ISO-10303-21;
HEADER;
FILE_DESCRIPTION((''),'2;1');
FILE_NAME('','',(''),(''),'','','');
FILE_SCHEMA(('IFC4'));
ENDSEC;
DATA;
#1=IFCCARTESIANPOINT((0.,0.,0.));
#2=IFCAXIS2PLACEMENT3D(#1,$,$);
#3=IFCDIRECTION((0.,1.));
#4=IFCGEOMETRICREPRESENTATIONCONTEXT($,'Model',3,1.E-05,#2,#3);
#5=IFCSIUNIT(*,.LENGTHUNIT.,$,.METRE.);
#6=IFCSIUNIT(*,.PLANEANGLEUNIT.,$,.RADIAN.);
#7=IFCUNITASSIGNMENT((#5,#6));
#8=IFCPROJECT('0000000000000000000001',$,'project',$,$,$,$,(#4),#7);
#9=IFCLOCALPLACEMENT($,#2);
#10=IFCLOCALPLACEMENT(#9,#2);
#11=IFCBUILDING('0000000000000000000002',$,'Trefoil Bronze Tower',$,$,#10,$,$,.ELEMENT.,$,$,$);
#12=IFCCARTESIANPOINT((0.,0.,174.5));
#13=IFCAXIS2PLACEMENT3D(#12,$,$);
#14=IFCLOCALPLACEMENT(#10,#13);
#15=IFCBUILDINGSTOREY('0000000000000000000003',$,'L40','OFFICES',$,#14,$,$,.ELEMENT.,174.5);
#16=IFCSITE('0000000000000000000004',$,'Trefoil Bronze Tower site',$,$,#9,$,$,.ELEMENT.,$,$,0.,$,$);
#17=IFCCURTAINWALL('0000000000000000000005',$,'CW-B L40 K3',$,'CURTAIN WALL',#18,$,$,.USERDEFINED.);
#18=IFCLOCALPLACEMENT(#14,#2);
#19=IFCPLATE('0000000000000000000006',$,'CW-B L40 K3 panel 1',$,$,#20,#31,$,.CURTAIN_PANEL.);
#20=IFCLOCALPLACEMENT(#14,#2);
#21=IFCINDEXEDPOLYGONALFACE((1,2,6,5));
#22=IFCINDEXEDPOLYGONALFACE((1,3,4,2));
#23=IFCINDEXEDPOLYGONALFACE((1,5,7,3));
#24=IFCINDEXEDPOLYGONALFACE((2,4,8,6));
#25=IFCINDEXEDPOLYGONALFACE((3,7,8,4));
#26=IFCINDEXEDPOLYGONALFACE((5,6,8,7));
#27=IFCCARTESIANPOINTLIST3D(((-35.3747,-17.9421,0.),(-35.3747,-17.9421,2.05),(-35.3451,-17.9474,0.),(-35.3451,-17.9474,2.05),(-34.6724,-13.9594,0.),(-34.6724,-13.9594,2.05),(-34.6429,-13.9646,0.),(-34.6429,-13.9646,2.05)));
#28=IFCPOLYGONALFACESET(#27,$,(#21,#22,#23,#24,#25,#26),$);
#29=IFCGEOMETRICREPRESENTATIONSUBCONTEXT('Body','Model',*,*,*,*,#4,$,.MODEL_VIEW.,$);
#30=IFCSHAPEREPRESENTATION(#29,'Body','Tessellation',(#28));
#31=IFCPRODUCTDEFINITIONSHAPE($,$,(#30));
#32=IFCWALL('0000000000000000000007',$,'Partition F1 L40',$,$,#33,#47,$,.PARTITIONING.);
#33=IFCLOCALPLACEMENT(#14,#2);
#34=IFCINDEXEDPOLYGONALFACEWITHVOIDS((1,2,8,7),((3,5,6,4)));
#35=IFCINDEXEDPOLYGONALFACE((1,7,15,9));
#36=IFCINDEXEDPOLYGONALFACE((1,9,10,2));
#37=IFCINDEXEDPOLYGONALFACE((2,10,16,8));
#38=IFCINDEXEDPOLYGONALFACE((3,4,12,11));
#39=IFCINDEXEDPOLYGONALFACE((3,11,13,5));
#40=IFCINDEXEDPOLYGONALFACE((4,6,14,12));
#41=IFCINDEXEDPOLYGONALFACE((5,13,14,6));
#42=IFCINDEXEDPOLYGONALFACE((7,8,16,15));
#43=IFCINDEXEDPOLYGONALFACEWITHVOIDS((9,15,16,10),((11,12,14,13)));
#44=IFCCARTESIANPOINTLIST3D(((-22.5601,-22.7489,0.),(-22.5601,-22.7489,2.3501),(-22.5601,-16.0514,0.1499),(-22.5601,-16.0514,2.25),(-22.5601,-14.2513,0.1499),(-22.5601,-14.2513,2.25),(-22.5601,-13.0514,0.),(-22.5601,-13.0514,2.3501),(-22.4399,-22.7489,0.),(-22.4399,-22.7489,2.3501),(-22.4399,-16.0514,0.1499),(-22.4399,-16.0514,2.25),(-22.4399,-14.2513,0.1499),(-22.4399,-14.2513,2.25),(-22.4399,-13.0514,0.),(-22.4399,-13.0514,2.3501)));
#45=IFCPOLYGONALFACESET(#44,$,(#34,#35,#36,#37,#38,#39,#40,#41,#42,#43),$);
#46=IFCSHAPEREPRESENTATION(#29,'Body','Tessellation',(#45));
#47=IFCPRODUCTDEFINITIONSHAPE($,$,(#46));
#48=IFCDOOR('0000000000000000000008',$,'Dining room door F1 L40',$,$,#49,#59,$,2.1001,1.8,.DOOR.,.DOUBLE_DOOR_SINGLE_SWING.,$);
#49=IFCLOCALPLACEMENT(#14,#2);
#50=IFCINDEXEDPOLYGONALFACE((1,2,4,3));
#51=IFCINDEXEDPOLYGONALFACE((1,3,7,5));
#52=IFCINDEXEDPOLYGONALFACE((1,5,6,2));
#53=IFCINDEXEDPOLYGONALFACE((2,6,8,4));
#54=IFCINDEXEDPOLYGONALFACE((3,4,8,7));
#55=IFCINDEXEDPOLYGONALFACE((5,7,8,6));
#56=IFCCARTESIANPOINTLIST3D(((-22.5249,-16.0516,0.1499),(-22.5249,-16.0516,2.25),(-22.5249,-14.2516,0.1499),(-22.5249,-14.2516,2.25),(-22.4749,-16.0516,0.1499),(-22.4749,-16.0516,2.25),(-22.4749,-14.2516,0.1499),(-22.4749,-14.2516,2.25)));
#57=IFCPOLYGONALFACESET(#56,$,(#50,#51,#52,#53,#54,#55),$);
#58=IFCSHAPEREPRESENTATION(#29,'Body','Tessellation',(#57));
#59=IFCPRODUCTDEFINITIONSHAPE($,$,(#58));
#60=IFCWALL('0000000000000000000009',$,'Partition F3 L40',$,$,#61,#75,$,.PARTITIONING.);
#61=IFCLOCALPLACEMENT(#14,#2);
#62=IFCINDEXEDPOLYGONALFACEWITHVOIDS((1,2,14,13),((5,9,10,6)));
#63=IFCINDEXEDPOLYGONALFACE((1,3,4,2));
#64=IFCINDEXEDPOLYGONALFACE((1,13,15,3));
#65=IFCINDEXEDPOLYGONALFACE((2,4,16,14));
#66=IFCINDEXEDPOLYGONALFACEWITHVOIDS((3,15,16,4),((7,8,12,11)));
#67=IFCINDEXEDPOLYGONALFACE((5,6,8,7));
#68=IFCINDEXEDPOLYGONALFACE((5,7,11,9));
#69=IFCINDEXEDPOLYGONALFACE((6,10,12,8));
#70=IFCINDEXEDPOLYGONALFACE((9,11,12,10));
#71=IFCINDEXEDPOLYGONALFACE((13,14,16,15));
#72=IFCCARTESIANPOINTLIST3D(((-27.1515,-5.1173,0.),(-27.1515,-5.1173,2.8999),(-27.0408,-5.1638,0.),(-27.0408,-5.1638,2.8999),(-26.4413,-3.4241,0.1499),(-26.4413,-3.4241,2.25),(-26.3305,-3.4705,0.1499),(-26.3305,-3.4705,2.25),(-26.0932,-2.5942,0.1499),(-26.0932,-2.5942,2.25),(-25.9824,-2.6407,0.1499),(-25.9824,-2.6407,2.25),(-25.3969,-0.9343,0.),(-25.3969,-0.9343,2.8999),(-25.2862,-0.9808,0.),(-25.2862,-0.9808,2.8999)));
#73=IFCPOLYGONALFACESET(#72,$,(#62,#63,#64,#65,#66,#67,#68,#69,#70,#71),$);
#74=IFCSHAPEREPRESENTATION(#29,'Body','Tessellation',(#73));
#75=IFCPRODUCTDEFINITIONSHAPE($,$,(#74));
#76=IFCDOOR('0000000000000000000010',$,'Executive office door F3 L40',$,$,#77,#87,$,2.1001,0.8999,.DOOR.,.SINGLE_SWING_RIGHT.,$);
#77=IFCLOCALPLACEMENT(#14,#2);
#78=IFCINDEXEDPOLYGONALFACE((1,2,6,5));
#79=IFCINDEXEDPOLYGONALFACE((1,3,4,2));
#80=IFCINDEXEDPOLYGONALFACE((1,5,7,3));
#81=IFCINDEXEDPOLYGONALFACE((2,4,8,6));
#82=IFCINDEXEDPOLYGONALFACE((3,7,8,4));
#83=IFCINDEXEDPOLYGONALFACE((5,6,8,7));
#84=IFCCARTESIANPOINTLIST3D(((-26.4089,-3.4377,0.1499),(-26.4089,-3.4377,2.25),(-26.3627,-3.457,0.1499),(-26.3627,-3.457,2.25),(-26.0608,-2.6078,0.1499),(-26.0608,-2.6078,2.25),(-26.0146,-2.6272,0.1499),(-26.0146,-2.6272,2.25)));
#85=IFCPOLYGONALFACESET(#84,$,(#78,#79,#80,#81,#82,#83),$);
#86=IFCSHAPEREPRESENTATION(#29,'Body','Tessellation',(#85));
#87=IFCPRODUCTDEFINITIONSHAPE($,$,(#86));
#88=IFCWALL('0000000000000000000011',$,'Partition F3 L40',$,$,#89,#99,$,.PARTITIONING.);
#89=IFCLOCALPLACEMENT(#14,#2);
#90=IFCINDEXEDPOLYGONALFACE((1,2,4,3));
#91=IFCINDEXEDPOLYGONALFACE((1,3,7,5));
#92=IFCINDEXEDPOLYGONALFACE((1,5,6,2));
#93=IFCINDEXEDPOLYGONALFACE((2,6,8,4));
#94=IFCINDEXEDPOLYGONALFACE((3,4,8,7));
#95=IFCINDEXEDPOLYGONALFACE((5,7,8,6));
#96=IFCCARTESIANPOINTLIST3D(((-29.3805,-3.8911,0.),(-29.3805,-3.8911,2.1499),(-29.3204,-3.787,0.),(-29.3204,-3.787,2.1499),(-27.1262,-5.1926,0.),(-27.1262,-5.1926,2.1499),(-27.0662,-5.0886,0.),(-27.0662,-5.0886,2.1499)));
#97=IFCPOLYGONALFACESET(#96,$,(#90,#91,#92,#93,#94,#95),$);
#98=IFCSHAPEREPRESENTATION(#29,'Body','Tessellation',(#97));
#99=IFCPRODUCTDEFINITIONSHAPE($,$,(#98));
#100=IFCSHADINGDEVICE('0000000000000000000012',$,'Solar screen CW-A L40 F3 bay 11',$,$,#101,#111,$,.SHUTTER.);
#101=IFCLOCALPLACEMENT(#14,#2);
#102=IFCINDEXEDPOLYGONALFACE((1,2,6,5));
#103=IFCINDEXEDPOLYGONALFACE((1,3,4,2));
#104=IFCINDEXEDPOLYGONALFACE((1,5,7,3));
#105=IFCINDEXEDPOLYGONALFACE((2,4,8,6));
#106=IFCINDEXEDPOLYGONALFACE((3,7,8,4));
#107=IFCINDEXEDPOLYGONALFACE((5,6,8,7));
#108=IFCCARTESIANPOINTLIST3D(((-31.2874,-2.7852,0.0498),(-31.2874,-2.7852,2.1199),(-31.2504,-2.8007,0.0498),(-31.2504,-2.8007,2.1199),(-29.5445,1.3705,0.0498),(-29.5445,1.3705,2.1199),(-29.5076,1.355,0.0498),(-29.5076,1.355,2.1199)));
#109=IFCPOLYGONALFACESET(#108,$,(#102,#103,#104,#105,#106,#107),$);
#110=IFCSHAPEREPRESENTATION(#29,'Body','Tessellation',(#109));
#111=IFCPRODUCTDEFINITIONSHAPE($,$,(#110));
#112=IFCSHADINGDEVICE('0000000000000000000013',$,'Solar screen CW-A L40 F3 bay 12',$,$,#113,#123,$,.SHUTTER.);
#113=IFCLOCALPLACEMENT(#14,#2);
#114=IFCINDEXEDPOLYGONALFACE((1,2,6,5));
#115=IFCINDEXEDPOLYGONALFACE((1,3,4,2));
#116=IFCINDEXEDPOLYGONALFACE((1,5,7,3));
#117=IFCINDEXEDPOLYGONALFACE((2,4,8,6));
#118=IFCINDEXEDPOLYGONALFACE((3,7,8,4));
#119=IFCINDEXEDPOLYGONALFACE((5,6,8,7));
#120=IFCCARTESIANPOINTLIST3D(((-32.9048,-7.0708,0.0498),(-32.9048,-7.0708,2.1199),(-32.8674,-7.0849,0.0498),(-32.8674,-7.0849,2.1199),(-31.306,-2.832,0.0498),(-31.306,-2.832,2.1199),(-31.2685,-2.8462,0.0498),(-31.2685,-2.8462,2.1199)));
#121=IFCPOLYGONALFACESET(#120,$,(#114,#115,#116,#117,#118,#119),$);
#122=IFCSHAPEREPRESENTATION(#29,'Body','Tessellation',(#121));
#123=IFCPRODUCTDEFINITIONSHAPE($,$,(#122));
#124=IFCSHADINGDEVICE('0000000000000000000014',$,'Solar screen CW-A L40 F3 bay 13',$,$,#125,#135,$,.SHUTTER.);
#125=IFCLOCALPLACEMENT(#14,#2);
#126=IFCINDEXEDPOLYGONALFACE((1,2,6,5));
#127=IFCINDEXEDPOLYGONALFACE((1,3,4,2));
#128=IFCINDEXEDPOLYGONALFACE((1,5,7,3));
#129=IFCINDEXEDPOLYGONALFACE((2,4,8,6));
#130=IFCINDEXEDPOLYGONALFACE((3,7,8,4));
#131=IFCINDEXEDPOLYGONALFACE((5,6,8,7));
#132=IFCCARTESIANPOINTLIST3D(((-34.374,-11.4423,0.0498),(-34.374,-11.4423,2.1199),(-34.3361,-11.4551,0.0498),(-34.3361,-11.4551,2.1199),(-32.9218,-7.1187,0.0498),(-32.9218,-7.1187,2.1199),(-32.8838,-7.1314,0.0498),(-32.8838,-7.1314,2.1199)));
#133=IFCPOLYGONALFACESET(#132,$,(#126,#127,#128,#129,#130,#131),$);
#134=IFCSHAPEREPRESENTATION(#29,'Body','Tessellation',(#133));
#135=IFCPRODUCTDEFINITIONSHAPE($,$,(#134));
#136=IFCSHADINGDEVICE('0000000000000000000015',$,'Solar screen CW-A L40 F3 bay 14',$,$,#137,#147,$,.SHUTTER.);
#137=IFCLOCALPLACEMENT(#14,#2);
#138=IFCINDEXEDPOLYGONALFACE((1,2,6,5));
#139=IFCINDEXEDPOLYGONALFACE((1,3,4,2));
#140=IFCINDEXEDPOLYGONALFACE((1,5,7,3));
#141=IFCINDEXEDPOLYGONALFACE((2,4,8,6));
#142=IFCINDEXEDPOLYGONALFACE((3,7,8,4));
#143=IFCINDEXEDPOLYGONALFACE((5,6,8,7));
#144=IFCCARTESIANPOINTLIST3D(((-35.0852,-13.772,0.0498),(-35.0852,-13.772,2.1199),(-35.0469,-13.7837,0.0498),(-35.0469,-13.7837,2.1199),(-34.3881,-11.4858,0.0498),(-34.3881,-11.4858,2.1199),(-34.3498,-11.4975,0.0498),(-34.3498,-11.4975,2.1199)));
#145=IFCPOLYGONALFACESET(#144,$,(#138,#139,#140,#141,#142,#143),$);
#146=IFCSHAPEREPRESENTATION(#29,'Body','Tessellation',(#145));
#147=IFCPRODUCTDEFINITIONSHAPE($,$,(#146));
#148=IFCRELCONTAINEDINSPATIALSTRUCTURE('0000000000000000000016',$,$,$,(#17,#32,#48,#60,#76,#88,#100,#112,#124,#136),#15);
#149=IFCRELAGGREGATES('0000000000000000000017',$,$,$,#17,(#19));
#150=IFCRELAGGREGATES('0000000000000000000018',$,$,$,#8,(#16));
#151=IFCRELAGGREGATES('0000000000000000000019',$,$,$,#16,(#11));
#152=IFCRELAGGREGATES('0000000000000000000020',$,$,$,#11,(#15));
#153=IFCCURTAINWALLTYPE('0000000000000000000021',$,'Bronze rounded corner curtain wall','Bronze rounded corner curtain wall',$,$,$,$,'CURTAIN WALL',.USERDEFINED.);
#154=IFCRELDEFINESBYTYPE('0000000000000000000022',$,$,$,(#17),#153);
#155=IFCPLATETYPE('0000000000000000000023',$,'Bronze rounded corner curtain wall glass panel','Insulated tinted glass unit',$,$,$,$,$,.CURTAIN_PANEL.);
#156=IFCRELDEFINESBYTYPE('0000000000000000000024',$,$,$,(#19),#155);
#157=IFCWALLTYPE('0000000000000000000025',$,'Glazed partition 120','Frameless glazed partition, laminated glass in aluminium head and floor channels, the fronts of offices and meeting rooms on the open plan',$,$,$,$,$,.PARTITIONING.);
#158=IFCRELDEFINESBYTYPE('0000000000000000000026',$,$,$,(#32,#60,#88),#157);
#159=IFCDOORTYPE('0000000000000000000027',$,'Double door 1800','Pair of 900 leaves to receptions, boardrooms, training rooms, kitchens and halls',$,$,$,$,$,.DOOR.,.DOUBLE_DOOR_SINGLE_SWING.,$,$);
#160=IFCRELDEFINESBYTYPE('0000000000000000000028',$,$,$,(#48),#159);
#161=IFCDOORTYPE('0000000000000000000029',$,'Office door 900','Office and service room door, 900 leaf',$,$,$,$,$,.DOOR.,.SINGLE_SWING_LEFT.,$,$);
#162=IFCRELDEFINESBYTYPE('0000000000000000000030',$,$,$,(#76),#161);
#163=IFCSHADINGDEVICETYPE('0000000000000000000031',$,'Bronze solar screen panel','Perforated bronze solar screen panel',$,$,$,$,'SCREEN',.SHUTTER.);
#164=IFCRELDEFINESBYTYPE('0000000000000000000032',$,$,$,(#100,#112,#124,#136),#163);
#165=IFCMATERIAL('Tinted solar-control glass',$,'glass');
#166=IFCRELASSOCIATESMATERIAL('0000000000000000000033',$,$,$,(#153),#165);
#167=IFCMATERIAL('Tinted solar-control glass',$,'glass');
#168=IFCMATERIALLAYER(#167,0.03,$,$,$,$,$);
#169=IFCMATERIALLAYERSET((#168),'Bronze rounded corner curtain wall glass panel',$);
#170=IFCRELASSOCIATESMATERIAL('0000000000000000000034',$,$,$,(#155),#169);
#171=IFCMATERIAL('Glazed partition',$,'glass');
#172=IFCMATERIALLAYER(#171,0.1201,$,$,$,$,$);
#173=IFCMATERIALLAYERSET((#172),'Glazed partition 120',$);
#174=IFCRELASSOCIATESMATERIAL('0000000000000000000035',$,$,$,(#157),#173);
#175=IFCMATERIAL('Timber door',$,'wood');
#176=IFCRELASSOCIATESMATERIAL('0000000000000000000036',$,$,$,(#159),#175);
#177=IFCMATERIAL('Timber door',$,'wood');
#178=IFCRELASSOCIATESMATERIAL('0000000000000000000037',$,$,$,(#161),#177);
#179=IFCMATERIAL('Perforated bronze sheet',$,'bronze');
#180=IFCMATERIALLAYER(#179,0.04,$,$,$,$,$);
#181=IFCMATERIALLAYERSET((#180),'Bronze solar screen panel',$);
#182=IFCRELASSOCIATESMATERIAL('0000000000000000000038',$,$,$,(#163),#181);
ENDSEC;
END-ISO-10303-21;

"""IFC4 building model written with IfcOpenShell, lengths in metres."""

from ifc_helpers import new_model, si_unit, direction, frame, frame_2d, origin, origin_2d, place, context, subcontext, project, spatial, rectangle, extrude, material, layer, layer_set, type_object, element, fill, aggregate, save


model = new_model("IFC4")

# Units and contexts
model_context = context("Model", 3, precision=1e-05, world=origin(), true_north=direction((0.0, 1.0)))
body_context = subcontext(model_context, "Body", "Model", "MODEL_VIEW")
ifc_project = project(units=[si_unit("LENGTHUNIT", "METRE"), si_unit("PLANEANGLEUNIT", "RADIAN")], contexts=[model_context])

# Site, building, storey
site_placement = place(None, origin())
site = spatial("IfcSite", under=ifc_project, at=site_placement, Name="Trefoil Bronze Tower site", CompositionType="ELEMENT", RefElevation=0.0)
building_placement = place(site_placement, origin())
building = spatial("IfcBuilding", under=site, at=building_placement, Name="Trefoil Bronze Tower", CompositionType="ELEMENT")
storey_placement = place(building_placement, frame((0.0, 0.0, 174.5)))
storey = spatial("IfcBuildingStorey", under=building, at=storey_placement, Name="L40", Description="OFFICES", CompositionType="ELEMENT", Elevation=174.5)

# Curtain wall
ifc_material_1 = material(Name="Tinted solar-control glass", Category="glass")
curtain_wall_type_1 = type_object("IfcCurtainWallType", Name="Bronze rounded corner curtain wall", Description="Bronze rounded corner curtain wall", ElementType="CURTAIN WALL", PredefinedType="USERDEFINED", material=ifc_material_1)
curtain_wall_1_placement = place(storey_placement, origin())
curtain_wall_1 = element("IfcCurtainWall", 1, at=curtain_wall_1_placement, inside=storey, type_object=curtain_wall_type_1, Name="CW-B L40 K3", ObjectType="CURTAIN WALL", PredefinedType="USERDEFINED")

# Plate
ifc_material_2 = material(Name="Tinted solar-control glass", Category="glass")
ifc_layer_1 = layer(ifc_material_2, 0.03)
ifc_layer_set_1 = layer_set([ifc_layer_1], Name="Bronze rounded corner curtain wall glass panel")
plate_type_1 = type_object("IfcPlateType", Name="Bronze rounded corner curtain wall glass panel", Description="Insulated tinted glass unit", PredefinedType="CURTAIN_PANEL", material=ifc_layer_set_1)
plate_1_placement = place(storey_placement, frame((-35.0088, -15.9534, 0.0), z_axis=(0.0, 0.0, 1.0), x_axis=(-0.173648, -0.984808, 0.0)))
plate_1 = element("IfcPlate", 2, at=plate_1_placement, type_object=plate_type_1, Name="CW-B L40 K3 panel 1", PredefinedType="CURTAIN_PANEL", context=body_context, shape_type="SweptSolid", body=[
    extrude(rectangle(XDim=4.0442, YDim=0.03, at=origin_2d()), origin(), (0.0, 0.0, 1.0), 2.05),
])
aggregate(curtain_wall_1, [plate_1])

# Walls, openings, doors
ifc_material_3 = material(Name="Glazed partition", Category="glass")
ifc_layer_2 = layer(ifc_material_3, 0.1201)
ifc_layer_set_2 = layer_set([ifc_layer_2], Name="Glazed partition 120")
wall_type = type_object("IfcWallType", Name="Glazed partition 120", Description="Frameless glazed partition, laminated glass in aluminium head and floor channels, the fronts of offices and meeting rooms on the open plan", PredefinedType="PARTITIONING", material=ifc_layer_set_2)
wall_1_placement = place(storey_placement, frame((-22.5, -13.0515, 0.0), z_axis=(0.0, 0.0, 1.0), x_axis=(0.0, -1.0, 0.0)))
wall_1 = element("IfcWall", 3, at=wall_1_placement, inside=storey, type_object=wall_type, Name="Partition F1 L40", PredefinedType="PARTITIONING", context=body_context, shape_type="SweptSolid", body=[
    extrude(rectangle(XDim=9.6975, YDim=0.1201, at=frame_2d((4.8486, 0.0))), origin(), (0.0, 0.0, 1.0), 2.3501),
])
opening_1_placement = place(wall_1_placement, frame((1.2, 0.0, 0.1499)))
opening_1 = element("IfcOpeningElement", 4, at=opening_1_placement, cuts=wall_1, PredefinedType="OPENING", context=body_context, shape_type="SweptSolid", body=[
    extrude(rectangle(XDim=1.8, YDim=2.1001, at=frame_2d((0.8999, 1.05))), frame((0.0, 0.0701, 0.0), z_axis=(0.0, -1.0, 0.0), x_axis=(1.0, 0.0, 0.0)), (0.0, 0.0, 1.0), 0.1401),
])
ifc_material_4 = material(Name="Timber door", Category="wood")
door_type_1 = type_object("IfcDoorType", Name="Double door 1800", Description="Pair of 900 leaves to receptions, boardrooms, training rooms, kitchens and halls", OperationType="DOUBLE_DOOR_SINGLE_SWING", PredefinedType="DOOR", material=ifc_material_4)
door_1_placement = place(opening_1_placement, frame((1.8, 0.0, 0.0), z_axis=(0.0, 0.0, 1.0), x_axis=(-1.0, 0.0, 0.0)))
door_1 = element("IfcDoor", 5, at=door_1_placement, inside=storey, type_object=door_type_1, Name="Dining room door F1 L40", OperationType="DOUBLE_DOOR_SINGLE_SWING", OverallHeight=2.1001, OverallWidth=1.8, PredefinedType="DOOR", context=body_context, shape_type="SweptSolid", body=[
    extrude(rectangle(XDim=1.8, YDim=2.1001, at=frame_2d((0.8999, 1.05))), frame((0.0, 0.0249, 0.0), z_axis=(0.0, -1.0, 0.0), x_axis=(1.0, 0.0, 0.0)), (0.0, 0.0, 1.0), 0.05),
])
fill(opening_1, door_1)
wall_2_placement = place(storey_placement, frame((-25.3416, -0.9575, 0.0), z_axis=(0.0, 0.0, 1.0), x_axis=(-0.386808, -0.92216, 0.0)))
wall_2 = element("IfcWall", 6, at=wall_2_placement, inside=storey, type_object=wall_type, Name="Partition F3 L40", PredefinedType="PARTITIONING", context=body_context, shape_type="SweptSolid", body=[
    extrude(rectangle(XDim=4.5361, YDim=0.1201, at=frame_2d((2.2681, 0.0))), origin(), (0.0, 0.0, 1.0), 2.8999),
])
opening_2_placement = place(wall_2_placement, frame((1.8, 0.0, 0.1499)))
opening_2 = element("IfcOpeningElement", 7, at=opening_2_placement, cuts=wall_2, PredefinedType="OPENING", context=body_context, shape_type="SweptSolid", body=[
    extrude(rectangle(XDim=0.8999, YDim=2.1001, at=frame_2d((0.45, 1.05))), frame((0.0, 0.0701, 0.0), z_axis=(0.0, -1.0, 0.0), x_axis=(1.0, 0.0, 0.0)), (0.0, 0.0, 1.0), 0.1401),
])
ifc_material_5 = material(Name="Timber door", Category="wood")
door_type_2 = type_object("IfcDoorType", Name="Office door 900", Description="Office and service room door, 900 leaf", OperationType="SINGLE_SWING_LEFT", PredefinedType="DOOR", material=ifc_material_5)
door_2_placement = place(opening_2_placement, frame((0.8999, 0.0, 0.0), z_axis=(0.0, 0.0, 1.0), x_axis=(-1.0, 0.0, 0.0)))
door_2 = element("IfcDoor", 8, at=door_2_placement, inside=storey, type_object=door_type_2, Name="Executive office door F3 L40", OperationType="SINGLE_SWING_RIGHT", OverallHeight=2.1001, OverallWidth=0.8999, PredefinedType="DOOR", context=body_context, shape_type="SweptSolid", body=[
    extrude(rectangle(XDim=0.8999, YDim=2.1001, at=frame_2d((0.45, 1.05))), frame((0.0, 0.0249, 0.0), z_axis=(0.0, -1.0, 0.0), x_axis=(1.0, 0.0, 0.0)), (0.0, 0.0, 1.0), 0.05),
])
fill(opening_2, door_2)

# Wall
wall_3_placement = place(storey_placement, frame((-27.0962, -5.1406, 0.0), z_axis=(0.0, 0.0, 1.0), x_axis=(-0.866012, 0.500023, 0.0)))
element("IfcWall", 9, at=wall_3_placement, inside=storey, type_object=wall_type, Name="Partition F3 L40", PredefinedType="PARTITIONING", context=body_context, shape_type="SweptSolid", body=[
    extrude(rectangle(XDim=2.603, YDim=0.1201, at=frame_2d((1.3015, 0.0))), origin(), (0.0, 0.0, 1.0), 2.1499),
])

# Shading devices
ifc_material_6 = material(Name="Perforated bronze sheet", Category="bronze")
ifc_layer_3 = layer(ifc_material_6, 0.04)
ifc_layer_set_3 = layer_set([ifc_layer_3], Name="Bronze solar screen panel")
shading_device_type = type_object("IfcShadingDeviceType", Name="Bronze solar screen panel", Description="Perforated bronze solar screen panel", ElementType="SCREEN", PredefinedType="SHUTTER", material=ifc_layer_set_3)
shading_device_1_placement = place(storey_placement, frame((-30.3975, -0.7151, 0.0498), z_axis=(0.0, 0.0, 1.0), x_axis=(-0.386759, -0.922181, 0.0)))
element("IfcShadingDevice", 10, at=shading_device_1_placement, inside=storey, type_object=shading_device_type, Name="Solar screen CW-A L40 F3 bay 11", PredefinedType="SHUTTER", context=body_context, shape_type="SweptSolid", body=[
    extrude(rectangle(XDim=4.5063, YDim=0.04, at=origin_2d()), origin(), (0.0, 0.0, 1.0), 2.0701),
])
shading_device_2_placement = place(storey_placement, frame((-32.0867, -4.9585, 0.0498), z_axis=(0.0, 0.0, 1.0), x_axis=(-0.35292, -0.935654, 0.0)))
element("IfcShadingDevice", 11, at=shading_device_2_placement, inside=storey, type_object=shading_device_type, Name="Solar screen CW-A L40 F3 bay 12", PredefinedType="SHUTTER", context=body_context, shape_type="SweptSolid", body=[
    extrude(rectangle(XDim=4.5303, YDim=0.04, at=origin_2d()), origin(), (0.0, 0.0, 1.0), 2.0701),
])
shading_device_3_placement = place(storey_placement, frame((-33.6289, -9.2869, 0.0498), z_axis=(0.0, 0.0, 1.0), x_axis=(-0.318404, -0.947955, 0.0)))
element("IfcShadingDevice", 12, at=shading_device_3_placement, inside=storey, type_object=shading_device_type, Name="Solar screen CW-A L40 F3 bay 13", PredefinedType="SHUTTER", context=body_context, shape_type="SweptSolid", body=[
    extrude(rectangle(XDim=4.561, YDim=0.04, at=origin_2d()), origin(), (0.0, 0.0, 1.0), 2.0701),
])
shading_device_4_placement = place(storey_placement, frame((-34.7175, -12.6348, 0.0498), z_axis=(0.0, 0.0, 1.0), x_axis=(-0.291669, -0.956519, 0.0)))
element("IfcShadingDevice", 13, at=shading_device_4_placement, inside=storey, type_object=shading_device_type, Name="Solar screen CW-A L40 F3 bay 14", PredefinedType="SHUTTER", context=body_context, shape_type="SweptSolid", body=[
    extrude(rectangle(XDim=2.3901, YDim=0.04, at=origin_2d()), origin(), (0.0, 0.0, 1.0), 2.0701),
])

save(model, "model.ifc")
